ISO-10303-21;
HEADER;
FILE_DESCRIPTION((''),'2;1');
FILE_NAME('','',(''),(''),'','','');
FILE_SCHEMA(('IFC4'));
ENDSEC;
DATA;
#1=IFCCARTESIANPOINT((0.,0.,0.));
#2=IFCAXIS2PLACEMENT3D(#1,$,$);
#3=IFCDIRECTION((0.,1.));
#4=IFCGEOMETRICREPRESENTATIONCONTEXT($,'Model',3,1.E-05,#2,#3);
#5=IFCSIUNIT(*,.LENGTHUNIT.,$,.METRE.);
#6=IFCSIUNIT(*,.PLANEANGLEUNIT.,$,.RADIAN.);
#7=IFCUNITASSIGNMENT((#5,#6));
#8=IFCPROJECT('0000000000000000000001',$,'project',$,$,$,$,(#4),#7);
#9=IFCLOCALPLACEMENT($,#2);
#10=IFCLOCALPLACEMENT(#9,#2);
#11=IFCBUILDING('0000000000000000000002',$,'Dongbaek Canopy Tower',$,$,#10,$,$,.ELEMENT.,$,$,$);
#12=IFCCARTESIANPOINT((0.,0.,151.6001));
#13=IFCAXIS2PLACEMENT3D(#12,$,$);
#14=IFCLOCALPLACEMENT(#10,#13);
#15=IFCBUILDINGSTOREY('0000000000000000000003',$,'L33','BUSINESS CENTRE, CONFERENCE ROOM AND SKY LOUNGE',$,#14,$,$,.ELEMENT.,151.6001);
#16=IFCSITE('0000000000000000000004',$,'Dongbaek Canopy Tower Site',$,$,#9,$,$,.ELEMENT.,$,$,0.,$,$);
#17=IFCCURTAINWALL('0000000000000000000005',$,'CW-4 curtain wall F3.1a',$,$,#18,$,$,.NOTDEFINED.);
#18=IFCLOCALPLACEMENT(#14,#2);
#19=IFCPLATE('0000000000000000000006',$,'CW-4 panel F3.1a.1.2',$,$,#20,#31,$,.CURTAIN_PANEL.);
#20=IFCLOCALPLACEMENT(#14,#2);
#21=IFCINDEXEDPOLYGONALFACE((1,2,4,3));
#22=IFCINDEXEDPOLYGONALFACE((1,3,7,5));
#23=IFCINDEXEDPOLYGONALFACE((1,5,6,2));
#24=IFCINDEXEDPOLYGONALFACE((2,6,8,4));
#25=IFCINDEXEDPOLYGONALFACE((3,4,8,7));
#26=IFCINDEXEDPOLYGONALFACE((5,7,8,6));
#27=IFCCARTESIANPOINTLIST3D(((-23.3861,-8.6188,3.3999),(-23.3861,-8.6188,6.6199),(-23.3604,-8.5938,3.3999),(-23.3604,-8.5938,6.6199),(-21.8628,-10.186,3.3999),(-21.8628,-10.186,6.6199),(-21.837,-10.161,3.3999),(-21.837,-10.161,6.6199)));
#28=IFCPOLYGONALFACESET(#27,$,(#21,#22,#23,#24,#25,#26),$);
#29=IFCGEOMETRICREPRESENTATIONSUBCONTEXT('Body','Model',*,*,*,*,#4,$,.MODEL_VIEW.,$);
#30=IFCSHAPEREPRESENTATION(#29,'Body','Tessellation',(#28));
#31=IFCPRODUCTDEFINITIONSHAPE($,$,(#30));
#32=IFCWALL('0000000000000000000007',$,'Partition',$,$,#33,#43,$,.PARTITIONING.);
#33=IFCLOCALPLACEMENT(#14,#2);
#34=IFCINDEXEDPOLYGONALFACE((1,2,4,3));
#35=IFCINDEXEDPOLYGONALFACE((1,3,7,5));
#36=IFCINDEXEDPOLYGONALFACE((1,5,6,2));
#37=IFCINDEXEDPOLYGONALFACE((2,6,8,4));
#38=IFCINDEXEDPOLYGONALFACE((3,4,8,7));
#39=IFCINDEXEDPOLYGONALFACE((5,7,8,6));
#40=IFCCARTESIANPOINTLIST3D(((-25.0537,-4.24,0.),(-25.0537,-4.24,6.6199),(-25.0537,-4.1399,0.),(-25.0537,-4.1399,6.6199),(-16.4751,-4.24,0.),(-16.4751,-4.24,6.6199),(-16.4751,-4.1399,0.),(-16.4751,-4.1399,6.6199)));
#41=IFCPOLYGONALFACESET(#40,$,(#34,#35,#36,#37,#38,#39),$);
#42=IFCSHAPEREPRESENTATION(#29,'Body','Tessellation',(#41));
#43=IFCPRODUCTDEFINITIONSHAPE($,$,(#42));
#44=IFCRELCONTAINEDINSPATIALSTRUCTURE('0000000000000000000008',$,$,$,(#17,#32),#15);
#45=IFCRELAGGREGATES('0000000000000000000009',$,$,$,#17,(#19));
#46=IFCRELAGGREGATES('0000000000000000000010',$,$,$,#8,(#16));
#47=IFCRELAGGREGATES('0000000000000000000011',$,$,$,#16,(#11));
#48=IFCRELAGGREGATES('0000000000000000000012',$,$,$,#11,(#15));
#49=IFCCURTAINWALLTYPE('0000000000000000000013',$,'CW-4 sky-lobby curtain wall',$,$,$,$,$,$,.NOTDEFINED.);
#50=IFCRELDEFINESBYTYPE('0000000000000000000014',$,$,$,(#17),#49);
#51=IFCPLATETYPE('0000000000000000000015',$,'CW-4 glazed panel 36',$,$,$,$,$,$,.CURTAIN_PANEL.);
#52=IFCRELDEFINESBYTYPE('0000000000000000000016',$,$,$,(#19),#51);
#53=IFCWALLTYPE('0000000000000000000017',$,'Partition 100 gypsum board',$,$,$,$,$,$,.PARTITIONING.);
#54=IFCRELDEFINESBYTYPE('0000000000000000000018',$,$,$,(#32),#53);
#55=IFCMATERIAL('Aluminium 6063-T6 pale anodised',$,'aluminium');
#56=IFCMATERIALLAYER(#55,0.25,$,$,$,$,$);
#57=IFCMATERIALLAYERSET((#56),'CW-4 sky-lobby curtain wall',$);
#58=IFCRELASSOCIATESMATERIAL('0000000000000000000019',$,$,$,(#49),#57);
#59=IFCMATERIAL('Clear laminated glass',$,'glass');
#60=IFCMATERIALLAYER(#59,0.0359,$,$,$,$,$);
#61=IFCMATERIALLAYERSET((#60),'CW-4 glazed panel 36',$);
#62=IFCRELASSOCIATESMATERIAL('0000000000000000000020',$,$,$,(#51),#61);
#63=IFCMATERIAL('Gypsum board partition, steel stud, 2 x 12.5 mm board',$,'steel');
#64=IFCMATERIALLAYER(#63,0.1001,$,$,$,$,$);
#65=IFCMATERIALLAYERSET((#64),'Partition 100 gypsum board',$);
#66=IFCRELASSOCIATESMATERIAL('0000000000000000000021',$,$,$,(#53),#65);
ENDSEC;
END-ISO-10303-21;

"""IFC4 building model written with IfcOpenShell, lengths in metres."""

from ifc_helpers import new_model, si_unit, direction, frame, frame_2d, origin, origin_2d, place, context, subcontext, project, spatial, rectangle, extrude, material, layer, layer_set, type_object, element, aggregate, save


model = new_model("IFC4")

# Units and contexts
model_context = context("Model", 3, precision=1e-05, world=origin(), true_north=direction((0.0, 1.0)))
body_context = subcontext(model_context, "Body", "Model", "MODEL_VIEW")
ifc_project = project(units=[si_unit("LENGTHUNIT", "METRE"), si_unit("PLANEANGLEUNIT", "RADIAN")], contexts=[model_context])

# Site, building, storey
site_placement = place(None, origin())
site = spatial("IfcSite", under=ifc_project, at=site_placement, Name="Dongbaek Canopy Tower Site", CompositionType="ELEMENT", RefElevation=0.0)
building_placement = place(site_placement, origin())
building = spatial("IfcBuilding", under=site, at=building_placement, Name="Dongbaek Canopy Tower", CompositionType="ELEMENT")
storey_placement = place(building_placement, frame((0.0, 0.0, 151.6001)))
storey = spatial("IfcBuildingStorey", under=building, at=storey_placement, Name="L33", Description="BUSINESS CENTRE, CONFERENCE ROOM AND SKY LOUNGE", CompositionType="ELEMENT", Elevation=151.6001)

# Shared definitions
ifc_material_1 = material(Name="Aluminium 6063-T6 pale anodised", Category="aluminium")
ifc_layer_1 = layer(ifc_material_1, 0.25)
ifc_layer_set_1 = layer_set([ifc_layer_1], Name="CW-4 sky-lobby curtain wall")
curtain_wall_type = type_object("IfcCurtainWallType", Name="CW-4 sky-lobby curtain wall", PredefinedType="NOTDEFINED", material=ifc_layer_set_1)

# Curtain wall
curtain_wall_1_placement = place(storey_placement, origin())
curtain_wall_1 = element("IfcCurtainWall", 1, at=curtain_wall_1_placement, inside=storey, type_object=curtain_wall_type, Name="CW-4 curtain wall F3.1a", PredefinedType="NOTDEFINED")

# Plate
ifc_material_2 = material(Name="Clear laminated glass", Category="glass")
ifc_layer_2 = layer(ifc_material_2, 0.0359)
ifc_layer_set_2 = layer_set([ifc_layer_2], Name="CW-4 glazed panel 36")
plate_type = type_object("IfcPlateType", Name="CW-4 glazed panel 36", PredefinedType="CURTAIN_PANEL", material=ifc_layer_set_2)
plate_1_placement = place(storey_placement, frame((-22.6116, -9.3899, 3.3999), z_axis=(0.0, 0.0, 1.0), x_axis=(0.697015, -0.717057, 0.0)))
plate_1 = element("IfcPlate", 2, at=plate_1_placement, type_object=plate_type, Name="CW-4 panel F3.1a.1.2", PredefinedType="CURTAIN_PANEL", context=body_context, shape_type="SweptSolid", body=[
    extrude(rectangle(XDim=2.1855, YDim=0.0359, at=origin_2d()), origin(), (0.0, 0.0, 1.0), 3.22),
])
aggregate(curtain_wall_1, [plate_1])

# Wall
ifc_material_3 = material(Name="Gypsum board partition, steel stud, 2 x 12.5 mm board", Category="steel")
ifc_layer_3 = layer(ifc_material_3, 0.1001)
ifc_layer_set_3 = layer_set([ifc_layer_3], Name="Partition 100 gypsum board")
wall_type = type_object("IfcWallType", Name="Partition 100 gypsum board", PredefinedType="PARTITIONING", material=ifc_layer_set_3)
wall_placement = place(storey_placement, frame((-25.0537, -4.1899, 0.0), z_axis=(0.0, 0.0, 1.0), x_axis=(1.0, 0.0, 0.0)))
element("IfcWall", 3, at=wall_placement, inside=storey, type_object=wall_type, Name="Partition", PredefinedType="PARTITIONING", context=body_context, shape_type="SweptSolid", body=[
    extrude(rectangle(XDim=8.5786, YDim=0.1001, at=frame_2d((4.2893, 0.0))), origin(), (0.0, 0.0, 1.0), 6.6199),
])

save(model, "model.ifc")
